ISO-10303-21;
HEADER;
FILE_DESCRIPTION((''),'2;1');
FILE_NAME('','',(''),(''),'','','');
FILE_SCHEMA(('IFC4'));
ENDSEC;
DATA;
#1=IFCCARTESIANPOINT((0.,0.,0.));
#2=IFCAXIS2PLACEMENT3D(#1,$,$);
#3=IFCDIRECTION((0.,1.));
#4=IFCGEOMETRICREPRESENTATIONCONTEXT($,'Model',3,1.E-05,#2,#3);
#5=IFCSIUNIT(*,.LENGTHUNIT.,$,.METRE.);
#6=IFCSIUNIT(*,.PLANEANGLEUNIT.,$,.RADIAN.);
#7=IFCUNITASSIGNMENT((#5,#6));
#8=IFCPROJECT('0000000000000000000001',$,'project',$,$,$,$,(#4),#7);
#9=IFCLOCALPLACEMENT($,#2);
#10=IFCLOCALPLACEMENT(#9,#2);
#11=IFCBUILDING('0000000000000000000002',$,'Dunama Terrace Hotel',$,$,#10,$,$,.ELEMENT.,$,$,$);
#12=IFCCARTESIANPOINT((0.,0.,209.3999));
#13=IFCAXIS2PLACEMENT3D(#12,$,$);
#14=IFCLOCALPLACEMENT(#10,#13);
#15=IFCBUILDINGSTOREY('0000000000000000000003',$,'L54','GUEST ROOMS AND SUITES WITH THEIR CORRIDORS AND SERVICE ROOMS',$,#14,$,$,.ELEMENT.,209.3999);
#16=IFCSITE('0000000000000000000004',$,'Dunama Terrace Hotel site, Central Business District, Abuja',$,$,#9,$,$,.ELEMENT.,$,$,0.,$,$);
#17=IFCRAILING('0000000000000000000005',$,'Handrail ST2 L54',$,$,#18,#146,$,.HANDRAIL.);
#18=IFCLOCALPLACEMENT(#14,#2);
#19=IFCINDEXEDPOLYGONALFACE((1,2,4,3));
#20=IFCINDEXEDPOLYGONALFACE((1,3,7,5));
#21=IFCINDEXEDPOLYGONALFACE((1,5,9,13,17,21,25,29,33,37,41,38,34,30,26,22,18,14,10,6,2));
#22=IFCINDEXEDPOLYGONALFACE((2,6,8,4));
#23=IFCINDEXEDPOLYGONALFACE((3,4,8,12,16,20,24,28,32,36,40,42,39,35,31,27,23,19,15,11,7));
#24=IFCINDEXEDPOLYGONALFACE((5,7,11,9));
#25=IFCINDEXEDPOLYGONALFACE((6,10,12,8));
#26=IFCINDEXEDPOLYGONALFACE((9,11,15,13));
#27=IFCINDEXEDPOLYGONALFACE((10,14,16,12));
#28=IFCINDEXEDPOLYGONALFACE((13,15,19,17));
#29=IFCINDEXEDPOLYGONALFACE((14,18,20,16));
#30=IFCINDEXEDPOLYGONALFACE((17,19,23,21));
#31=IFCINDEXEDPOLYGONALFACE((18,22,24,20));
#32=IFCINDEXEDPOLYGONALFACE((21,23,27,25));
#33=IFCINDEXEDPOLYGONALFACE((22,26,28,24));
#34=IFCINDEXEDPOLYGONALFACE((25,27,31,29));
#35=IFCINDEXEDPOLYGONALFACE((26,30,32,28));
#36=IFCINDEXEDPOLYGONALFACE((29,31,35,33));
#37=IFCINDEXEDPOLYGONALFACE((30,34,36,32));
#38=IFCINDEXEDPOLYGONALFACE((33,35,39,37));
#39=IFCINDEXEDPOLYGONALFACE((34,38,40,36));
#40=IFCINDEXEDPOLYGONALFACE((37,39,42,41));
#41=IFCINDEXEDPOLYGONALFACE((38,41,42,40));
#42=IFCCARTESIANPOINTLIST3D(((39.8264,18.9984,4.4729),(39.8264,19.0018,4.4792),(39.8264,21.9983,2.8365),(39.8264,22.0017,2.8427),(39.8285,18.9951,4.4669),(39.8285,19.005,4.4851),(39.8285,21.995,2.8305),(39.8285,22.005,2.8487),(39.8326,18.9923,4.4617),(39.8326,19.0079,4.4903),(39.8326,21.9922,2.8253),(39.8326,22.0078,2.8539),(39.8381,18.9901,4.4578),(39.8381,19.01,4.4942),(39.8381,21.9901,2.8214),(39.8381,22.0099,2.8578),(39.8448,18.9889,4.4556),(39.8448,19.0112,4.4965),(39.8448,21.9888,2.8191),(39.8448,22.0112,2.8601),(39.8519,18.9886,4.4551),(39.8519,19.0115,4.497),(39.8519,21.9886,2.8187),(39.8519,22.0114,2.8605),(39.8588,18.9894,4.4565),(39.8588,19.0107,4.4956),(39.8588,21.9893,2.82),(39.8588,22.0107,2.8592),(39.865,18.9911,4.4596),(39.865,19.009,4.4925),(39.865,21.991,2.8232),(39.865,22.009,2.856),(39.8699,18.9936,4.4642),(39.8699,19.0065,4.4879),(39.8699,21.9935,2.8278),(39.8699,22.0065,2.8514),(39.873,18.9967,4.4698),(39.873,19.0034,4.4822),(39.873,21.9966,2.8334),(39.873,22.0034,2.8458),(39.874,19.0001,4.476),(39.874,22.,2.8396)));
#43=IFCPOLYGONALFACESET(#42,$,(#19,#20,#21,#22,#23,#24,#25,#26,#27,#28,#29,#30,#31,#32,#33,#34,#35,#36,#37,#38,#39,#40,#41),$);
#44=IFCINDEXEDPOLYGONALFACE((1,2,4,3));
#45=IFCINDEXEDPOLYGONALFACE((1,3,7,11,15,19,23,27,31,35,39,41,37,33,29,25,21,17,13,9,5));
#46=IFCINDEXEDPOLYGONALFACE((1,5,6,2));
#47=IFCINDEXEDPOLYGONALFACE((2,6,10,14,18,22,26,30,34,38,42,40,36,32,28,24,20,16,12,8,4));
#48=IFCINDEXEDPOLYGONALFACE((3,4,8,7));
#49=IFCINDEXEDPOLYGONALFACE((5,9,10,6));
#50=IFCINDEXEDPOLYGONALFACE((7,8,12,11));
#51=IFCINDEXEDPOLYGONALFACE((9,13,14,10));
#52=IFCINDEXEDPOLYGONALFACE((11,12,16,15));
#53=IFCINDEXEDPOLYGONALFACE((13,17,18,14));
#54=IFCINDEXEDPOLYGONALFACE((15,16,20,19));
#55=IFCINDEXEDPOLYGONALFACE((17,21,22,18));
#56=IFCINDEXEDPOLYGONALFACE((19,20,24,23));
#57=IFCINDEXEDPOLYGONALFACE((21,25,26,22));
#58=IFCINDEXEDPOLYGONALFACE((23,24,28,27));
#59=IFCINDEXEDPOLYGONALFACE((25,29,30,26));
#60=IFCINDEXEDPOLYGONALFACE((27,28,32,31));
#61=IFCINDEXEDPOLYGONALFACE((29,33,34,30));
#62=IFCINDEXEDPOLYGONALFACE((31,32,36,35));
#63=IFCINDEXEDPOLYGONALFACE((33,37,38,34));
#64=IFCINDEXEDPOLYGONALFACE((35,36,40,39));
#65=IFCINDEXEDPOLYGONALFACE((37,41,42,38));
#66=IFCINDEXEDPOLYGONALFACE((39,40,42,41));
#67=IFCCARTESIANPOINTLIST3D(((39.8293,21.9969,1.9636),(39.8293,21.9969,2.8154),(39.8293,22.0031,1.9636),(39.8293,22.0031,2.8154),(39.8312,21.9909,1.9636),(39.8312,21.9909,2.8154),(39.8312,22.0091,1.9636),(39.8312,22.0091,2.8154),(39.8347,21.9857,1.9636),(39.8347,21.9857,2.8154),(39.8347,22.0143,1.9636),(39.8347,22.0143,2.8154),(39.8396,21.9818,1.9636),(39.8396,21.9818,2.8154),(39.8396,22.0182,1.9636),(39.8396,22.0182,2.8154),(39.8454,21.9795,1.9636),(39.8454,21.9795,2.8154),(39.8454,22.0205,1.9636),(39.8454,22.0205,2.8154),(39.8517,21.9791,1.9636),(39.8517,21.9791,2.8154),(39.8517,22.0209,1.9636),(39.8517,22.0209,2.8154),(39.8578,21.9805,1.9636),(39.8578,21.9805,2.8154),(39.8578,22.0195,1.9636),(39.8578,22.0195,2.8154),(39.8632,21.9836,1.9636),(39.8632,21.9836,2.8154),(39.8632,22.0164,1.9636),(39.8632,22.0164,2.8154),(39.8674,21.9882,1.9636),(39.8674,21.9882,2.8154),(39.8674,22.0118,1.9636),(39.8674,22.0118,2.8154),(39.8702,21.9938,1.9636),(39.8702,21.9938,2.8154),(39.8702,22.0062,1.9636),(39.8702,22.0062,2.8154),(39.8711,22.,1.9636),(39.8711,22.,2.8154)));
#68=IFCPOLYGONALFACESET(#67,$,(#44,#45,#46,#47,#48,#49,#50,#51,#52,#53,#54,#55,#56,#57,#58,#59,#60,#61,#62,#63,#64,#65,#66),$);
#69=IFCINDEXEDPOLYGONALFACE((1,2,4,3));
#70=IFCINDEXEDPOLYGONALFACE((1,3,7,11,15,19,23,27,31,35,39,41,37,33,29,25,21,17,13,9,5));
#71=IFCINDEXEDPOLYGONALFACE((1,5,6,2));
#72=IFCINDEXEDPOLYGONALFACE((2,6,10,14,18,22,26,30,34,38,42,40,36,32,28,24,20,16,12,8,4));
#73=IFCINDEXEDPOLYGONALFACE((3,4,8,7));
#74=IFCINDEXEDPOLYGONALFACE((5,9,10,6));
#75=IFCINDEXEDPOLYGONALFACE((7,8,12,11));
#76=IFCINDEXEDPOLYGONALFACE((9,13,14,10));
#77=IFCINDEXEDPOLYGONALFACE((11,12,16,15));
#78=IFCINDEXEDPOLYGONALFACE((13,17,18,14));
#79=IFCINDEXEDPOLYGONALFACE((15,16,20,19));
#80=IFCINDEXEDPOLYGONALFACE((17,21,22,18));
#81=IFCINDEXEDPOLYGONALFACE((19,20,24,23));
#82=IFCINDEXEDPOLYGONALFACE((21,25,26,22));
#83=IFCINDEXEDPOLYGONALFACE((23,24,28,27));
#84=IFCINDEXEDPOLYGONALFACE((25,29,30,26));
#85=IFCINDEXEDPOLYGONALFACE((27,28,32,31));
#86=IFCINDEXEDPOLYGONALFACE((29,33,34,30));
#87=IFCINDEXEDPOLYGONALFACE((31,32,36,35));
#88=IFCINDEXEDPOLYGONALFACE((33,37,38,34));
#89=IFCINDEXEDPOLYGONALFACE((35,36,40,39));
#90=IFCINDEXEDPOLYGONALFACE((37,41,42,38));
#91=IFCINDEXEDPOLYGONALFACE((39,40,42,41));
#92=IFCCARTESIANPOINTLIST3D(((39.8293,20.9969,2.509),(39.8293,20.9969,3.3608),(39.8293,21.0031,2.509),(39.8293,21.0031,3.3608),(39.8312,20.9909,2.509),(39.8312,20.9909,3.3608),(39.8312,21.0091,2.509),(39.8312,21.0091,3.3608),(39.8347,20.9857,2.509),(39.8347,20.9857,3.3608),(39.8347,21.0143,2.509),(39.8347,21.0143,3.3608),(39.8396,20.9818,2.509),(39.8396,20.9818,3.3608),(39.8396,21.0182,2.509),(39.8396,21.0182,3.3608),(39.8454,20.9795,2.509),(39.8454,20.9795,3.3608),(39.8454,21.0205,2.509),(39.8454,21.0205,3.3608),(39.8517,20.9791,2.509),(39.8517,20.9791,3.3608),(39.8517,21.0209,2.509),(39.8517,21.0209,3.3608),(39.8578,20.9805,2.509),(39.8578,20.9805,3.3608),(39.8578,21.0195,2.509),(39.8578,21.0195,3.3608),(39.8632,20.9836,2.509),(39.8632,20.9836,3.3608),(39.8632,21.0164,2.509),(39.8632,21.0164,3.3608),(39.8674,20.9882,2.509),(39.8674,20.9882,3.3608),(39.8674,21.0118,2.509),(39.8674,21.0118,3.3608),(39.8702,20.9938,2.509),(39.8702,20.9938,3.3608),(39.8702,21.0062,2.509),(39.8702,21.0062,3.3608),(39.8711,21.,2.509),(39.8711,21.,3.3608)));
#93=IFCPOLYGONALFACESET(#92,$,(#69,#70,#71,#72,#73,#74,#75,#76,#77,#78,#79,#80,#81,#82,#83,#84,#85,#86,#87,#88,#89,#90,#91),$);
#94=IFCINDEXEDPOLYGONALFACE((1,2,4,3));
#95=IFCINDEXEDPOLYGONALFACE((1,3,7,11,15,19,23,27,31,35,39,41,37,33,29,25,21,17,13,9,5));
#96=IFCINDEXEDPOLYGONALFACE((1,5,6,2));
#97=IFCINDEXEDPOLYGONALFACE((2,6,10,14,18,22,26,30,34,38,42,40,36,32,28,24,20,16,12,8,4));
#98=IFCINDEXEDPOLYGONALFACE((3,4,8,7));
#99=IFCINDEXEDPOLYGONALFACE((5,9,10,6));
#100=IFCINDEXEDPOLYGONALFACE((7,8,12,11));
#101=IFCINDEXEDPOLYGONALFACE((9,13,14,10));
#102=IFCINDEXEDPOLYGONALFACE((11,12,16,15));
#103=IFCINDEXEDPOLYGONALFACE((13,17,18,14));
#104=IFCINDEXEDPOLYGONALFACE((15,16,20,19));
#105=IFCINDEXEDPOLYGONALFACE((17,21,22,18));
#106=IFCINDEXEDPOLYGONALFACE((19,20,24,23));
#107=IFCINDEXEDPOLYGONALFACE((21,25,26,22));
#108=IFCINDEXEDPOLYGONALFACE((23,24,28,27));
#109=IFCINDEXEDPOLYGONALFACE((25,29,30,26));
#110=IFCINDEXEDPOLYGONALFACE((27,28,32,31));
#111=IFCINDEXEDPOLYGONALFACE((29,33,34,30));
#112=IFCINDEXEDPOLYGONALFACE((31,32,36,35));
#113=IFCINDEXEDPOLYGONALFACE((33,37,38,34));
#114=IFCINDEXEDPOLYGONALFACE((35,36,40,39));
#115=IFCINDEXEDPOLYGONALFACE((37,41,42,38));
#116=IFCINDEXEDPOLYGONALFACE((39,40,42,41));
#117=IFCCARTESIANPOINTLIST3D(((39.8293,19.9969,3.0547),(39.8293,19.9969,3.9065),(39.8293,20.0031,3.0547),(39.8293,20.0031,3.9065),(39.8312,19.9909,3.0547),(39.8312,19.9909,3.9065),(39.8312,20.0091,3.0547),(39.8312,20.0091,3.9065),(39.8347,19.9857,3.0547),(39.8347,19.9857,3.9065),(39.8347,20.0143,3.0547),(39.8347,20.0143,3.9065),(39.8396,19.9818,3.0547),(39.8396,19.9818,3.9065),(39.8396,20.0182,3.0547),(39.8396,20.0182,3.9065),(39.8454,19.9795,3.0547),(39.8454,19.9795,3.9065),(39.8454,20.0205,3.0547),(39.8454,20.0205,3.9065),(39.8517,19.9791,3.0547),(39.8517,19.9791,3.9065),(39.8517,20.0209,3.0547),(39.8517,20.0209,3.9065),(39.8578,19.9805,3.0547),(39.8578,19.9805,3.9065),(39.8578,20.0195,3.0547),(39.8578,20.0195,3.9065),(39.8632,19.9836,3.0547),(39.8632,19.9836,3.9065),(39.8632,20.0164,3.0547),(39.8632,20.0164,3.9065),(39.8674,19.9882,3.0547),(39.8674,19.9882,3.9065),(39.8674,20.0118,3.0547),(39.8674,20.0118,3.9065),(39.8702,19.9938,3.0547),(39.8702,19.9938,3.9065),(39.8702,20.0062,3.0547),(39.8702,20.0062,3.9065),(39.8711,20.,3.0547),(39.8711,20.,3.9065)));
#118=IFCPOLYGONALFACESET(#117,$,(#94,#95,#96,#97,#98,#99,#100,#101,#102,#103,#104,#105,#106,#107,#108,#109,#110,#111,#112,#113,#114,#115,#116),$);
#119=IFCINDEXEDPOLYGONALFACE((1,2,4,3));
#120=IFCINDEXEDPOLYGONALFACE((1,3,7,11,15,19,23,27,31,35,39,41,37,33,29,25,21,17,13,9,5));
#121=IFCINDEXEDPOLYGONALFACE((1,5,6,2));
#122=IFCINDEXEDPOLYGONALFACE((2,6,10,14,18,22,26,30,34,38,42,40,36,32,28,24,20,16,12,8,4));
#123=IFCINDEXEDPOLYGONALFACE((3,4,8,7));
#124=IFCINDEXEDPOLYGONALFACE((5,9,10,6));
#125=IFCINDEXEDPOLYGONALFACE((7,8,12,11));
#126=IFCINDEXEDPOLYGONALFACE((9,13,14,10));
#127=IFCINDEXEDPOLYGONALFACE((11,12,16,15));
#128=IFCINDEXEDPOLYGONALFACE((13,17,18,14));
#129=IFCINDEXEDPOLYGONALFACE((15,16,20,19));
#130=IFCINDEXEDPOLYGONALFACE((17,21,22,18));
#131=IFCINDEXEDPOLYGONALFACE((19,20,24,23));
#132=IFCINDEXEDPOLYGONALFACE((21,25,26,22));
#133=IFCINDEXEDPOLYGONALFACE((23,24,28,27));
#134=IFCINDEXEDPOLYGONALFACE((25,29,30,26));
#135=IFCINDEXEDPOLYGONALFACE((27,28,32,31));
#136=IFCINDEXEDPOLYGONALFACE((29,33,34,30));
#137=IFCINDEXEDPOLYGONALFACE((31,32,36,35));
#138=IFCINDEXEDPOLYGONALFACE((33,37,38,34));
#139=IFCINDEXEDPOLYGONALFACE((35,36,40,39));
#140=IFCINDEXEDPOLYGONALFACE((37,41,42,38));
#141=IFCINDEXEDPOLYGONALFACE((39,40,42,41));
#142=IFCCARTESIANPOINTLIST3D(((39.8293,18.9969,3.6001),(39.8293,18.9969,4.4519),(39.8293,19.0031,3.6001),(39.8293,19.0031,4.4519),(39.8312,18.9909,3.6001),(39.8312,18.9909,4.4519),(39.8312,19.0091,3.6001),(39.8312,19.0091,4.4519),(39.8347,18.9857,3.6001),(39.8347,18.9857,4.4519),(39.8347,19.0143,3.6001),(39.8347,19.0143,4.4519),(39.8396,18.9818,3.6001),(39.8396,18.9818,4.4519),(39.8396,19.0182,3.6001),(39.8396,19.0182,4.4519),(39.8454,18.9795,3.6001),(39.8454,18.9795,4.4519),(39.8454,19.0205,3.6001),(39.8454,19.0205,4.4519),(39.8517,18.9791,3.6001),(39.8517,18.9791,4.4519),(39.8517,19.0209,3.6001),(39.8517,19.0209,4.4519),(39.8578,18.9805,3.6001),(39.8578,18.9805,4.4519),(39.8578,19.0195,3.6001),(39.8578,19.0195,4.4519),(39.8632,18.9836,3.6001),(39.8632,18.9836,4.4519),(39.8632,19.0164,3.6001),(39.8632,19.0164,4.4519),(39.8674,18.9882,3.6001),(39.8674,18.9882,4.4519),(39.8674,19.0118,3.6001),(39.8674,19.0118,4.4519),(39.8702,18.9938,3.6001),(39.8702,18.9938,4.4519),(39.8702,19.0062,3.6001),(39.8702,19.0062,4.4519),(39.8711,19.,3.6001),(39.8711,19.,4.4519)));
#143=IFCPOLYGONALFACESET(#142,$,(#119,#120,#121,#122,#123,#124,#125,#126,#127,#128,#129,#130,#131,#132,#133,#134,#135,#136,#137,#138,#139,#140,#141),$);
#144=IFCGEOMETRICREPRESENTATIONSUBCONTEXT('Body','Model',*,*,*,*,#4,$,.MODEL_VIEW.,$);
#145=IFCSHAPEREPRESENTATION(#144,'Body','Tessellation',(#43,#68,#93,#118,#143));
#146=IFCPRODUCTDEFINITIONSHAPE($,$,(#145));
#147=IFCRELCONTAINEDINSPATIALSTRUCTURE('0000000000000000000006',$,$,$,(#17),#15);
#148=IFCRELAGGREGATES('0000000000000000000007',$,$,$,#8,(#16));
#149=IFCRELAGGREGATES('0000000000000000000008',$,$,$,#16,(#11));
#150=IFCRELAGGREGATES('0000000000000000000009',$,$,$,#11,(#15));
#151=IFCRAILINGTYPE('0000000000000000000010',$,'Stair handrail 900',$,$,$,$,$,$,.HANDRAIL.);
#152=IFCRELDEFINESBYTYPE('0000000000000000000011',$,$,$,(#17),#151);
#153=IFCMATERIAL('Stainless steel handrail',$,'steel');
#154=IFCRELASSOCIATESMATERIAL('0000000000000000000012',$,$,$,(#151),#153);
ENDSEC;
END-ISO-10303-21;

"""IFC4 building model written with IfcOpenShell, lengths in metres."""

from ifc_helpers import new_model, si_unit, direction, frame, origin, origin_2d, place, context, subcontext, project, spatial, circle, extrude, material, type_object, element, save


model = new_model("IFC4")

# Units and contexts
model_context = context("Model", 3, precision=1e-05, world=origin(), true_north=direction((0.0, 1.0)))
body_context = subcontext(model_context, "Body", "Model", "MODEL_VIEW")
ifc_project = project(units=[si_unit("LENGTHUNIT", "METRE"), si_unit("PLANEANGLEUNIT", "RADIAN")], contexts=[model_context])

# Site, building, storey
site_placement = place(None, origin())
site = spatial("IfcSite", under=ifc_project, at=site_placement, Name="Dunama Terrace Hotel site, Central Business District, Abuja", CompositionType="ELEMENT", RefElevation=0.0)
building_placement = place(site_placement, origin())
building = spatial("IfcBuilding", under=site, at=building_placement, Name="Dunama Terrace Hotel", CompositionType="ELEMENT")
storey_placement = place(building_placement, frame((0.0, 0.0, 209.3999)))
storey = spatial("IfcBuildingStorey", under=building, at=storey_placement, Name="L54", Description="GUEST ROOMS AND SUITES WITH THEIR CORRIDORS AND SERVICE ROOMS", CompositionType="ELEMENT", Elevation=209.3999)

# Railing
ifc_material_1 = material(Name="Stainless steel handrail", Category="steel")
railing_type_1 = type_object("IfcRailingType", Name="Stair handrail 900", PredefinedType="HANDRAIL", material=ifc_material_1)
railing_1_placement = place(storey_placement, frame((39.8501, 22.0, 1.9636)))
element("IfcRailing", 1, at=railing_1_placement, inside=storey, type_object=railing_type_1, Name="Handrail ST2 L54", PredefinedType="HANDRAIL", context=body_context, shape_type="SweptSolid", body=[
    extrude(circle(Radius=0.0239, at=origin_2d()), frame((0.0, 0.0, 0.876), z_axis=(0.0, -0.877882, 0.478877), x_axis=(1.0, 0.0, 0.0)), (0.0, 0.0, 1.0), 3.4172),
    extrude(circle(Radius=0.021, at=origin_2d()), origin(), (0.0, 0.0, 1.0), 0.8518),
    extrude(circle(Radius=0.021, at=origin_2d()), frame((0.0, -1.0, 0.5454)), (0.0, 0.0, 1.0), 0.8518),
    extrude(circle(Radius=0.021, at=origin_2d()), frame((0.0, -2.0, 1.0911)), (0.0, 0.0, 1.0), 0.8518),
    extrude(circle(Radius=0.021, at=origin_2d()), frame((0.0, -3.0, 1.6365)), (0.0, 0.0, 1.0), 0.8518),
])

save(model, "model.ifc")
